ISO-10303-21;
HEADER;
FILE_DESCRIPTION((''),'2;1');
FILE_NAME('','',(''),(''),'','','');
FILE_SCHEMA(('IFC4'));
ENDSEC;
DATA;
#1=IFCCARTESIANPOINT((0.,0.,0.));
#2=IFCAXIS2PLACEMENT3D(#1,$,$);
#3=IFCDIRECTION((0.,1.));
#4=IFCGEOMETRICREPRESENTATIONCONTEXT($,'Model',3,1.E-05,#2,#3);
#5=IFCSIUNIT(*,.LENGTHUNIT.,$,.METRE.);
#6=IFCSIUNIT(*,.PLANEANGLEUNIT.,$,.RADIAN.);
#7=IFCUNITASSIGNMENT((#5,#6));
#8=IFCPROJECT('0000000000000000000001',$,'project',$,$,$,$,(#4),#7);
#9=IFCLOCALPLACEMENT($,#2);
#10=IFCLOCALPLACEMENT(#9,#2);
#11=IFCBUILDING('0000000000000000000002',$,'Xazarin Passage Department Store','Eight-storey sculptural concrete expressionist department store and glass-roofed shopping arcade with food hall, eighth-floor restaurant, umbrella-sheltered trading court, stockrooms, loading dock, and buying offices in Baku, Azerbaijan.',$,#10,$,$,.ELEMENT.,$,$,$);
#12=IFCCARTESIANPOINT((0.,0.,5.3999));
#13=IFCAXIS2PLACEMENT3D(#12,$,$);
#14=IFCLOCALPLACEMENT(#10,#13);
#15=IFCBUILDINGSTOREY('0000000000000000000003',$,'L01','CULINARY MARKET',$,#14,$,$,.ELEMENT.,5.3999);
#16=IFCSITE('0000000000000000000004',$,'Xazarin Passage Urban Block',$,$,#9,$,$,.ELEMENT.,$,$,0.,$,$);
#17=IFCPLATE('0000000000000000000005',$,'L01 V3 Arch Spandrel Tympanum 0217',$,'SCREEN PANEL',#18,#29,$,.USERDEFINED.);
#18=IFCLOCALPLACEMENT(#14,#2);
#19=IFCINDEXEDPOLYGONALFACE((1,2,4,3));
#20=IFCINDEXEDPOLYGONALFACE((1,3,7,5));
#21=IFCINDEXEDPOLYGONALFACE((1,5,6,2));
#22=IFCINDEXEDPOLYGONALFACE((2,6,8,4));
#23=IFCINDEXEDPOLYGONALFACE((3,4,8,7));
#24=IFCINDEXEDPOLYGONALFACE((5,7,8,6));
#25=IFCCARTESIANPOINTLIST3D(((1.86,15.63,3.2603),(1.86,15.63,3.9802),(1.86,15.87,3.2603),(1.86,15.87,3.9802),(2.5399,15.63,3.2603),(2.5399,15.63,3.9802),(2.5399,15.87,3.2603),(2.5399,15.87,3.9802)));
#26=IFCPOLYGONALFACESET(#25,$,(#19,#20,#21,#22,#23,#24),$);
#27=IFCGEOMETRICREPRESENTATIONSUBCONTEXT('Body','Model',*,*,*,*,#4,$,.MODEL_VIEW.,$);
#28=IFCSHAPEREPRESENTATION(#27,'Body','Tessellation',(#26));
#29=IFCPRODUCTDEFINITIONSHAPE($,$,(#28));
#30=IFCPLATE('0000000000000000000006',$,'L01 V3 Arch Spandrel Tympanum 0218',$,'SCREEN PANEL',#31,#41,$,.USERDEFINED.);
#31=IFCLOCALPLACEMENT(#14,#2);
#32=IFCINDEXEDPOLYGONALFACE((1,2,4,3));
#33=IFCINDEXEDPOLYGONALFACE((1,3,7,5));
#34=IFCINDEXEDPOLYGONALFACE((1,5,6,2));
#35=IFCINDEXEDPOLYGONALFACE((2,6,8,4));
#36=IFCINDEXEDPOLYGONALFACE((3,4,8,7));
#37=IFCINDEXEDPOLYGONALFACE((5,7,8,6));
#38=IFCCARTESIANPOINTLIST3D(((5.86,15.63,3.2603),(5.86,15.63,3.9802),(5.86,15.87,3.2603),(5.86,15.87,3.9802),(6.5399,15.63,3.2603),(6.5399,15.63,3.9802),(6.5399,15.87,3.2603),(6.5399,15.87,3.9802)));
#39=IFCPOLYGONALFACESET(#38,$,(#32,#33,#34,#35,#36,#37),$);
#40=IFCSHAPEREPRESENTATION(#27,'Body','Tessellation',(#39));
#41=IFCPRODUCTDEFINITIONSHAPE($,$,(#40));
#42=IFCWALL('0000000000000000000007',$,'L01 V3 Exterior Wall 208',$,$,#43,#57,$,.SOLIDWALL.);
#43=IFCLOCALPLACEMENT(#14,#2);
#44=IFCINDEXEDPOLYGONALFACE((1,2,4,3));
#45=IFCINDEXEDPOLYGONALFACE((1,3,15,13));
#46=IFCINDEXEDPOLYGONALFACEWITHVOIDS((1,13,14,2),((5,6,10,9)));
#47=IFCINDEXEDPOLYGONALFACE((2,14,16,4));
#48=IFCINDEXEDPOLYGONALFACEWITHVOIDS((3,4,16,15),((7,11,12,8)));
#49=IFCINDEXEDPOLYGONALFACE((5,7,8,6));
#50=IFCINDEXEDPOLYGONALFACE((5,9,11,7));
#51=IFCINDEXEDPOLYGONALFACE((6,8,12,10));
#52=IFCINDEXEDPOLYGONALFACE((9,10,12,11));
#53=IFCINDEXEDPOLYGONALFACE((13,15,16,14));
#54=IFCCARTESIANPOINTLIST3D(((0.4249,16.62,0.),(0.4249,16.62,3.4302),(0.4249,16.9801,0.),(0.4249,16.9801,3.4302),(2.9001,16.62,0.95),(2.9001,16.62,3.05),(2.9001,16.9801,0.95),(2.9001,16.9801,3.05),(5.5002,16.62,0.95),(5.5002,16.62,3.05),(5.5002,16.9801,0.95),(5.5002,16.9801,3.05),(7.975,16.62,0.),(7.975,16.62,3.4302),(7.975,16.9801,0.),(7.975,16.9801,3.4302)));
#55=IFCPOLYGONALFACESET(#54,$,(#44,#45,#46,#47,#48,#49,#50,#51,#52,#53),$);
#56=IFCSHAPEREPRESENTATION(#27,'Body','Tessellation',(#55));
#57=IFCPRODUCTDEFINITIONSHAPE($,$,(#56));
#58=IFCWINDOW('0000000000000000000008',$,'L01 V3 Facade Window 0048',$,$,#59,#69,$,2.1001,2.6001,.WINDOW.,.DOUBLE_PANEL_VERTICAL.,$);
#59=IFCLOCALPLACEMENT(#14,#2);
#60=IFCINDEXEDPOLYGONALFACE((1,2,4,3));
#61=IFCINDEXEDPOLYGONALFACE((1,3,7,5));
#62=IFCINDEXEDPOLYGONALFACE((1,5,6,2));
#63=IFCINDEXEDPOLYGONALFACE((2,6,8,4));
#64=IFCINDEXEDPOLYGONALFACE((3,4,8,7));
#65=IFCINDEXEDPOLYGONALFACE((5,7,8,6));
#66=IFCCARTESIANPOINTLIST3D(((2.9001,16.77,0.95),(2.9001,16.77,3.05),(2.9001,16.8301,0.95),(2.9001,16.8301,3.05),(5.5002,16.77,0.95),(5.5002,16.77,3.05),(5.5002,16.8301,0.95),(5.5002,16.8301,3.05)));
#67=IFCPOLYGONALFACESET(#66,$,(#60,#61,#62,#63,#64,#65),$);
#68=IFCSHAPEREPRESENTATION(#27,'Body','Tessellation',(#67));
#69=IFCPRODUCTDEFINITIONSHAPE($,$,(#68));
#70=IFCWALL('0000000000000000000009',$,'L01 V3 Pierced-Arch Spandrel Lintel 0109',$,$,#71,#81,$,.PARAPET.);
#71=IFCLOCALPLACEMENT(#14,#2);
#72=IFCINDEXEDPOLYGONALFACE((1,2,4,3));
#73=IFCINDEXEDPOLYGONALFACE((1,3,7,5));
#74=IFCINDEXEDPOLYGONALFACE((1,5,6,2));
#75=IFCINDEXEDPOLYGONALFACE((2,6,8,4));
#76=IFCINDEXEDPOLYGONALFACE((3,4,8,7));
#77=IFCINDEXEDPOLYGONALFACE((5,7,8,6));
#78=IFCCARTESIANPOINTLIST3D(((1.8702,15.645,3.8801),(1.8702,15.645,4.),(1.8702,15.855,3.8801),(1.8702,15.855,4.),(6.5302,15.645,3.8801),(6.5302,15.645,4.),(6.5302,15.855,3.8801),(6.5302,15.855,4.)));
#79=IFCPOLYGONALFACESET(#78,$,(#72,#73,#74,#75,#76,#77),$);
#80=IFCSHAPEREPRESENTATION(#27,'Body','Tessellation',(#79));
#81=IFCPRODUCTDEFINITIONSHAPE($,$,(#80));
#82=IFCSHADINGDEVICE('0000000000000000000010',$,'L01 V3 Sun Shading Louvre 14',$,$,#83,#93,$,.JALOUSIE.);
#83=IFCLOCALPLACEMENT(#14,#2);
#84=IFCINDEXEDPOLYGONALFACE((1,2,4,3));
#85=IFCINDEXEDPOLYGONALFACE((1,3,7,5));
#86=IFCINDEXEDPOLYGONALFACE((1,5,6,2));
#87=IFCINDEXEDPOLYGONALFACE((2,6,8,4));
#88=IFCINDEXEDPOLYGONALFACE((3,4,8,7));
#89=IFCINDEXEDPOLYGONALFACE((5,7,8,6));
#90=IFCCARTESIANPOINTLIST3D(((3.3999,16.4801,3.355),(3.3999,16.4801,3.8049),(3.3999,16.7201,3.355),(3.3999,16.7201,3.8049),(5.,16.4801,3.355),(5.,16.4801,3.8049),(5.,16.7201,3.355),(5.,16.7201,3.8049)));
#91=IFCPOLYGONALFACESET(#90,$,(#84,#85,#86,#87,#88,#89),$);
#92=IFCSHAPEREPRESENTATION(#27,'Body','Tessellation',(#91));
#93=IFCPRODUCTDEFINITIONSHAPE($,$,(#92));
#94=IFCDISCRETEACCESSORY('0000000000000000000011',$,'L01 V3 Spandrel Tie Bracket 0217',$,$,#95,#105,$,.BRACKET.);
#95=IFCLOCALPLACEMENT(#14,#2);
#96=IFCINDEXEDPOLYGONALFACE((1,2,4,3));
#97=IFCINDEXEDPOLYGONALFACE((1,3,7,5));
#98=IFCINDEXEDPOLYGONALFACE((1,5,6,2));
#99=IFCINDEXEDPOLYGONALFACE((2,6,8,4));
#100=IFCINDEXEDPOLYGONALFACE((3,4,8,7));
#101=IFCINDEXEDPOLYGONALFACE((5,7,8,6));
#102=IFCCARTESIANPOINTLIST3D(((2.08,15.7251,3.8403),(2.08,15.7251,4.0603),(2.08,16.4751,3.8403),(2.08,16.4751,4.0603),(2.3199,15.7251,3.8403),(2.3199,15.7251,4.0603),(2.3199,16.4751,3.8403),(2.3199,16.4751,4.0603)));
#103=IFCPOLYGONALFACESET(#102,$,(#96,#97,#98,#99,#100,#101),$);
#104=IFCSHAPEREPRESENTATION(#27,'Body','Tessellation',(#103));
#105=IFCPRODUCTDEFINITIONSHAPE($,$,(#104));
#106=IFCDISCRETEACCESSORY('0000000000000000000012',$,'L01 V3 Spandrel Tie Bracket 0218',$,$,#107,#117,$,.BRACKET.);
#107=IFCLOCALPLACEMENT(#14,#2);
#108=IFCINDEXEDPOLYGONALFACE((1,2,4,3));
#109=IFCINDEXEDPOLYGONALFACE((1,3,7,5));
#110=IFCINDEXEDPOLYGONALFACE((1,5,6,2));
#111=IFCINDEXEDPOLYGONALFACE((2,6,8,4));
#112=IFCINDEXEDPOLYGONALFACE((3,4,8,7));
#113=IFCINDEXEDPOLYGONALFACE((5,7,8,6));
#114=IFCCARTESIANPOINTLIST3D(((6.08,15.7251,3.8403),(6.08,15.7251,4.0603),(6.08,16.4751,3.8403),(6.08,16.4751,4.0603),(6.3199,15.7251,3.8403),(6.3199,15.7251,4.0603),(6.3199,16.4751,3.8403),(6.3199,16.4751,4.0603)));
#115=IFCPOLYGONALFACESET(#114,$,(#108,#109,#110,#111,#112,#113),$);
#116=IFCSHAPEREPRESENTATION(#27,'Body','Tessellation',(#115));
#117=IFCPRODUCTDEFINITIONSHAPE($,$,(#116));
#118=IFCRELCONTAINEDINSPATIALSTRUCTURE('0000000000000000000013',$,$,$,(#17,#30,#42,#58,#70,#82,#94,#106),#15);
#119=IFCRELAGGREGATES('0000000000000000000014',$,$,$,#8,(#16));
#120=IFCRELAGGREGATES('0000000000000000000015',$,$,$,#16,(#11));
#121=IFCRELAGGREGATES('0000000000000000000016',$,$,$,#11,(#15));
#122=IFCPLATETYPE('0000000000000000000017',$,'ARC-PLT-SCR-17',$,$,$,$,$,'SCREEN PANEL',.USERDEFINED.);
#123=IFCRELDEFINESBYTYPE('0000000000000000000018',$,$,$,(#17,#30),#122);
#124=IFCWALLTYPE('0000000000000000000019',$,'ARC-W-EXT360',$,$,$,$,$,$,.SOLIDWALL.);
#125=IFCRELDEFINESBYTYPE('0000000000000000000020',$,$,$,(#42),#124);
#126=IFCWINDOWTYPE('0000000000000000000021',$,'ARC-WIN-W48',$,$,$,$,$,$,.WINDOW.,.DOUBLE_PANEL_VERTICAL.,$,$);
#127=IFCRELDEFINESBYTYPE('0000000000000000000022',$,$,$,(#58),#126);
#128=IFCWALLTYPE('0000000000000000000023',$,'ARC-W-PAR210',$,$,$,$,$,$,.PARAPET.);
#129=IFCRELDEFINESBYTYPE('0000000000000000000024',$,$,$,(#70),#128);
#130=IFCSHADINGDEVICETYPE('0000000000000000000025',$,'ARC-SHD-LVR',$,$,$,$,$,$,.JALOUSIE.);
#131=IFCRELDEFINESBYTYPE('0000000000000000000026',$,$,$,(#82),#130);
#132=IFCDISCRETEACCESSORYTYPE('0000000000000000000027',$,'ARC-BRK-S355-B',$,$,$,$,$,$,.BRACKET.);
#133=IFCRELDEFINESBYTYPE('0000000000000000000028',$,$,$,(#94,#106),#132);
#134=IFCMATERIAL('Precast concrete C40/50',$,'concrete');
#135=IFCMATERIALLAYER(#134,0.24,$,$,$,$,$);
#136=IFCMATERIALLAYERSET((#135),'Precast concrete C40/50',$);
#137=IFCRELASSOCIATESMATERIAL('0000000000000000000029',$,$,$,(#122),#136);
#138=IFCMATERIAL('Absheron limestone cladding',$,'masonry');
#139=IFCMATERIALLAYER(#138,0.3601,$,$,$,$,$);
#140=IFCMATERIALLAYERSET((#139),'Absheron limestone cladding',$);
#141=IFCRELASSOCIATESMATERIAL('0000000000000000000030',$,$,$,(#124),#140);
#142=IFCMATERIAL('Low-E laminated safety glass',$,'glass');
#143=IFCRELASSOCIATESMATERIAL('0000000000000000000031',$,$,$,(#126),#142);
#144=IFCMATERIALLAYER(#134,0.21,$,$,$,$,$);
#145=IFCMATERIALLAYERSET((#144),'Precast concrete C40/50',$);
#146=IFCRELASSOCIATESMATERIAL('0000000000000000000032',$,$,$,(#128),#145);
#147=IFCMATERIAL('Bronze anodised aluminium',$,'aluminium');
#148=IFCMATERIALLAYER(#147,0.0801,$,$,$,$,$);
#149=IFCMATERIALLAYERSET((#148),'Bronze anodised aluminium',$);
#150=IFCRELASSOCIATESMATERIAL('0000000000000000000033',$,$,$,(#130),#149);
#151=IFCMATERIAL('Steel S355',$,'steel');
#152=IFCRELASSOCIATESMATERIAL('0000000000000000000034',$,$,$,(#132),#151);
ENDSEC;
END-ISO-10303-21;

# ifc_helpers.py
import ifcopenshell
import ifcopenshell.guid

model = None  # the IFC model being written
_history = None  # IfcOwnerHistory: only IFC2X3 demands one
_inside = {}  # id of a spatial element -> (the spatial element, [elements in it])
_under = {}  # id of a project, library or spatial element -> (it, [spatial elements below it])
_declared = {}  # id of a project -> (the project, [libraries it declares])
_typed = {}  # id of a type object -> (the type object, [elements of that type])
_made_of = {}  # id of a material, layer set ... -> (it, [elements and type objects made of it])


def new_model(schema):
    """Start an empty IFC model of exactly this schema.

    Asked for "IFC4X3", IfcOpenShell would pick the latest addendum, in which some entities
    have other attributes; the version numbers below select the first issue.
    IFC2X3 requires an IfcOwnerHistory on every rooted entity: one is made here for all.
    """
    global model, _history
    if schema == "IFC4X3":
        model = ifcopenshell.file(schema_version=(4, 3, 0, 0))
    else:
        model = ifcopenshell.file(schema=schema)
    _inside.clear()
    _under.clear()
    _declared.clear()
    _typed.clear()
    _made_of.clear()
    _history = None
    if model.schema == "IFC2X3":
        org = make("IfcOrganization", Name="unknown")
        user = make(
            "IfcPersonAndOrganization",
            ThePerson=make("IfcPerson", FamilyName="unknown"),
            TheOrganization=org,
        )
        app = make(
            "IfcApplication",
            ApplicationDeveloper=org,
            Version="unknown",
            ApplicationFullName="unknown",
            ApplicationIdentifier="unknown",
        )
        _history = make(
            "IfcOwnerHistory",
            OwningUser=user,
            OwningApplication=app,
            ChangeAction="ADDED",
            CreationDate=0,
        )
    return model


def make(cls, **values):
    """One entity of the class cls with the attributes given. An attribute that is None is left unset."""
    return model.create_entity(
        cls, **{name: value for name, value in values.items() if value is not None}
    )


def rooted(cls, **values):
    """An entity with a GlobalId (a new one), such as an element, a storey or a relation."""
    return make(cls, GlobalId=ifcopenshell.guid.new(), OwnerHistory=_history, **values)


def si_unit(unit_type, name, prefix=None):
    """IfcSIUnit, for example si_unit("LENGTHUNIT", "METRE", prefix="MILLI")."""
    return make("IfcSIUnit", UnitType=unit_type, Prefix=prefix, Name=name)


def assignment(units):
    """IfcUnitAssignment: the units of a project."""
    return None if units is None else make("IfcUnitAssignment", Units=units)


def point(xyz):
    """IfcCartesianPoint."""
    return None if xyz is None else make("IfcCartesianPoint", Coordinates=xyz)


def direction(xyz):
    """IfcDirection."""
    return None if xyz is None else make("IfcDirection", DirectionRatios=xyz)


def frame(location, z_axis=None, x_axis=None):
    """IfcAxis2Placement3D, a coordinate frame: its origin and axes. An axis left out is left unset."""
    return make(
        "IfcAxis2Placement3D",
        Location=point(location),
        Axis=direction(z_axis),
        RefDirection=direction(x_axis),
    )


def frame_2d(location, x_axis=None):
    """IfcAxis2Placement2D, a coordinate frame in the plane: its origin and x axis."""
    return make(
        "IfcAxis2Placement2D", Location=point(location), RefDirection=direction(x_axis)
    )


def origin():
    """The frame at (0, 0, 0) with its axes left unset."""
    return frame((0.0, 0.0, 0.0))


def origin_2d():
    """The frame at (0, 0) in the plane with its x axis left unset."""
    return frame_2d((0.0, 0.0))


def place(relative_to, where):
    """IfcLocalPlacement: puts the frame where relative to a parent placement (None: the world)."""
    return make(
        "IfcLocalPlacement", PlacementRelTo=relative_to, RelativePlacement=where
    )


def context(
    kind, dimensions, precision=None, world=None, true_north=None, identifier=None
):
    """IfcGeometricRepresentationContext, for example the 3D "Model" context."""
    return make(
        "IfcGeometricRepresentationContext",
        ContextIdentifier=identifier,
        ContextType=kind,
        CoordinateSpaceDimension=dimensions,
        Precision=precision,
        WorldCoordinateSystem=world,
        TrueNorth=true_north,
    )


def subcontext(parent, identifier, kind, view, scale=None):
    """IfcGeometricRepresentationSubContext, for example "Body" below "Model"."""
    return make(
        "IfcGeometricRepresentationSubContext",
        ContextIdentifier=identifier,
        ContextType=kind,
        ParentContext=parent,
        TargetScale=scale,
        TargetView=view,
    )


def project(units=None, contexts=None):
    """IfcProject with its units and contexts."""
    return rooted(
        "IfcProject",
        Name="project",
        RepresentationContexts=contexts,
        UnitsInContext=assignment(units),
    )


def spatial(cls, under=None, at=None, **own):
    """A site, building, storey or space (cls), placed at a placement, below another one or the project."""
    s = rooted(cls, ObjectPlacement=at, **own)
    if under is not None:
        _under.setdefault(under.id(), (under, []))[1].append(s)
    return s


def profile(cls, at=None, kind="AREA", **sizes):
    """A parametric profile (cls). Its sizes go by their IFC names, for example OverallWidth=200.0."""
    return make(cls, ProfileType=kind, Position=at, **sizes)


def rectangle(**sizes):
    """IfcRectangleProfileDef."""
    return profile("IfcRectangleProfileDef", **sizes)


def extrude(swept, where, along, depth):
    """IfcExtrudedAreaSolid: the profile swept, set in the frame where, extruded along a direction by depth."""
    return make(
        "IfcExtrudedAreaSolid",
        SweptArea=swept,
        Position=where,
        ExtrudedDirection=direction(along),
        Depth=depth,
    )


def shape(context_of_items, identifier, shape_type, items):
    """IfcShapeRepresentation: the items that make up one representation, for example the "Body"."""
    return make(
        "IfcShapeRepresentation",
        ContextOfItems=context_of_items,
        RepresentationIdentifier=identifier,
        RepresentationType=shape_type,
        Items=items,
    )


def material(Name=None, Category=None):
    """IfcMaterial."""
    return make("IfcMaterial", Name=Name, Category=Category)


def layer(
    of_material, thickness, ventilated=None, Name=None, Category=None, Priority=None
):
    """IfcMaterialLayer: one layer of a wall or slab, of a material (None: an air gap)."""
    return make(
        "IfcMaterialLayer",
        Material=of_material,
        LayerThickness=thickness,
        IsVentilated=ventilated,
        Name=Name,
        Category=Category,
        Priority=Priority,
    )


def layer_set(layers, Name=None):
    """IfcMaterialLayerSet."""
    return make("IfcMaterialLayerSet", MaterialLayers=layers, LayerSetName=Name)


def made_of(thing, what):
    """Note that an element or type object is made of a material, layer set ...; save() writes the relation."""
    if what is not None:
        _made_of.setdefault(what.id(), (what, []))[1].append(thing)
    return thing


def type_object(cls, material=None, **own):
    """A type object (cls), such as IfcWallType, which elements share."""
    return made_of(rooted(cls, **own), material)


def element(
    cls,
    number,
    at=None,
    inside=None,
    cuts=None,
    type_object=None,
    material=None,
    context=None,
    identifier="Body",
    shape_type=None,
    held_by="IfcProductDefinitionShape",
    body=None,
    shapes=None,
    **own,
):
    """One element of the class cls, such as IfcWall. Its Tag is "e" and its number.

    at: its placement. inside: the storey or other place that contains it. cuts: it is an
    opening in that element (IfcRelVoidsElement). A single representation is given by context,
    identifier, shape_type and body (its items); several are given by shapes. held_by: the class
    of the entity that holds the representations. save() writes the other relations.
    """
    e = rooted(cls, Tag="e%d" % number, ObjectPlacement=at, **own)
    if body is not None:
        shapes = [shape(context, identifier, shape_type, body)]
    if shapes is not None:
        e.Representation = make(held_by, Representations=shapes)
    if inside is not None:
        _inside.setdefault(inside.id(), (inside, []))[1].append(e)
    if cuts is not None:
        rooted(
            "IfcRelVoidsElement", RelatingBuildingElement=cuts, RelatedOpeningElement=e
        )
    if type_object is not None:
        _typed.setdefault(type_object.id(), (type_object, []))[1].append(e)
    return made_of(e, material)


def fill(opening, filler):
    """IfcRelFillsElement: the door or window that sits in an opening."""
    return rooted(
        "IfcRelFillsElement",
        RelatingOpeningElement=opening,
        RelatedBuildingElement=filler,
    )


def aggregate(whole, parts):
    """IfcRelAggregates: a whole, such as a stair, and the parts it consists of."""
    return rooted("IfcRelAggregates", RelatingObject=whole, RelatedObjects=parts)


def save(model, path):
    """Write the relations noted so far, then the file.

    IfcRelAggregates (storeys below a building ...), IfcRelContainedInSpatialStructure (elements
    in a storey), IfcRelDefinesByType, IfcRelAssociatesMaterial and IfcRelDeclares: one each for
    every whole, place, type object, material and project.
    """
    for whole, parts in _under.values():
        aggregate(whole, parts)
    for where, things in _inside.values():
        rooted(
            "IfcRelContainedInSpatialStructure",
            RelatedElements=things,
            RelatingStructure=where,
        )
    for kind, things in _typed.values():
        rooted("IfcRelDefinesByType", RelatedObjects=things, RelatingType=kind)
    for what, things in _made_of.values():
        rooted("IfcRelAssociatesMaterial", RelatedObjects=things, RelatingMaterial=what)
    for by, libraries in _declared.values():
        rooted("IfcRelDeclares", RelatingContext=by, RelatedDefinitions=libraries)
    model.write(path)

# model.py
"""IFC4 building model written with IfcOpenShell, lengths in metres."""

from ifc_helpers import new_model, si_unit, direction, frame, frame_2d, origin, origin_2d, place, context, subcontext, project, spatial, rectangle, extrude, material, layer, layer_set, type_object, element, fill, save


model = new_model("IFC4")

# Units and contexts
model_context = context("Model", 3, precision=1e-05, world=origin(), true_north=direction((0.0, 1.0)))
body_context = subcontext(model_context, "Body", "Model", "MODEL_VIEW")
ifc_project = project(units=[si_unit("LENGTHUNIT", "METRE"), si_unit("PLANEANGLEUNIT", "RADIAN")], contexts=[model_context])

# Site, building, storey
site_placement = place(None, origin())
site = spatial("IfcSite", under=ifc_project, at=site_placement, Name="Xazarin Passage Urban Block", CompositionType="ELEMENT", RefElevation=0.0)
building_placement = place(site_placement, origin())
building = spatial("IfcBuilding", under=site, at=building_placement, Name="Xazarin Passage Department Store", Description="Eight-storey sculptural concrete expressionist department store and glass-roofed shopping arcade with food hall, eighth-floor restaurant, umbrella-sheltered trading court, stockrooms, loading dock, and buying offices in Baku, Azerbaijan.", CompositionType="ELEMENT")
storey_placement = place(building_placement, frame((0.0, 0.0, 5.3999)))
storey = spatial("IfcBuildingStorey", under=building, at=storey_placement, Name="L01", Description="CULINARY MARKET", CompositionType="ELEMENT", Elevation=5.3999)

# Plates
ifc_material_1 = material(Name="Precast concrete C40/50", Category="concrete")
ifc_layer_1 = layer(ifc_material_1, 0.24)
ifc_layer_set_1 = layer_set([ifc_layer_1], Name="Precast concrete C40/50")
plate_type = type_object("IfcPlateType", Name="ARC-PLT-SCR-17", ElementType="SCREEN PANEL", PredefinedType="USERDEFINED", material=ifc_layer_set_1)
for number, where, z_axis, x_axis, name in (
    (1, (2.2, 15.75, 3.2603), (0.0, 0.0, 1.0), (1.0, 0.0, 0.0), "L01 V3 Arch Spandrel Tympanum 0217"),
    (2, (6.2, 15.75, 3.2603), (0.0, 0.0, 1.0), (1.0, 0.0, 0.0), "L01 V3 Arch Spandrel Tympanum 0218"),
):
    element("IfcPlate", number, at=place(storey_placement, frame(where, z_axis=z_axis, x_axis=x_axis)), inside=storey, type_object=plate_type, Name=name, ObjectType="SCREEN PANEL", PredefinedType="USERDEFINED", context=body_context, shape_type="SweptSolid", body=[
        extrude(rectangle(XDim=0.6799, YDim=0.24, at=origin_2d()), origin(), (0.0, 0.0, 1.0), 0.72),
    ])

# Wall, opening, window
ifc_material_2 = material(Name="Absheron limestone cladding", Category="masonry")
ifc_layer_2 = layer(ifc_material_2, 0.3601)
ifc_layer_set_2 = layer_set([ifc_layer_2], Name="Absheron limestone cladding")
wall_type_1 = type_object("IfcWallType", Name="ARC-W-EXT360", PredefinedType="SOLIDWALL", material=ifc_layer_set_2)
wall_1_placement = place(storey_placement, frame((0.425, 16.8, 0.0), z_axis=(0.0, 0.0, 1.0), x_axis=(1.0, 0.0, 0.0)))
wall_1 = element("IfcWall", 3, at=wall_1_placement, inside=storey, type_object=wall_type_1, Name="L01 V3 Exterior Wall 208", PredefinedType="SOLIDWALL", context=body_context, shape_type="SweptSolid", body=[
    extrude(rectangle(XDim=7.55, YDim=0.3601, at=frame_2d((3.7749, 0.0))), origin(), (0.0, 0.0, 1.0), 3.4302),
])
opening_placement = place(wall_1_placement, frame((2.4751, 0.0, 0.95)))
opening = element("IfcOpeningElement", 4, at=opening_placement, cuts=wall_1, PredefinedType="OPENING", context=body_context, shape_type="SweptSolid", body=[
    extrude(rectangle(XDim=2.6001, YDim=2.1001, at=frame_2d((1.3, 1.05))), frame((0.0, 0.1899, 0.0), z_axis=(0.0, -1.0, 0.0), x_axis=(1.0, 0.0, 0.0)), (0.0, 0.0, 1.0), 0.3801),
])
ifc_material_3 = material(Name="Low-E laminated safety glass", Category="glass")
window_type = type_object("IfcWindowType", Name="ARC-WIN-W48", PartitioningType="DOUBLE_PANEL_VERTICAL", PredefinedType="WINDOW", material=ifc_material_3)
window_placement = place(opening_placement, origin())
window = element("IfcWindow", 5, at=window_placement, inside=storey, type_object=window_type, Name="L01 V3 Facade Window 0048", OverallHeight=2.1001, OverallWidth=2.6001, PartitioningType="DOUBLE_PANEL_VERTICAL", PredefinedType="WINDOW", context=body_context, shape_type="SweptSolid", body=[
    extrude(rectangle(XDim=2.6001, YDim=2.1001, at=frame_2d((1.3, 1.05))), frame((0.0, 0.03, 0.0), z_axis=(0.0, -1.0, 0.0), x_axis=(1.0, 0.0, 0.0)), (0.0, 0.0, 1.0), 0.0601),
])
fill(opening, window)

# Wall
ifc_layer_3 = layer(ifc_material_1, 0.21)
ifc_layer_set_3 = layer_set([ifc_layer_3], Name="Precast concrete C40/50")
wall_type_2 = type_object("IfcWallType", Name="ARC-W-PAR210", PredefinedType="PARAPET", material=ifc_layer_set_3)
wall_2_placement = place(storey_placement, frame((1.8701, 15.75, 3.8801), z_axis=(0.0, 0.0, 1.0), x_axis=(1.0, 0.0, 0.0)))
element("IfcWall", 6, at=wall_2_placement, inside=storey, type_object=wall_type_2, Name="L01 V3 Pierced-Arch Spandrel Lintel 0109", PredefinedType="PARAPET", context=body_context, shape_type="SweptSolid", body=[
    extrude(rectangle(XDim=4.6599, YDim=0.21, at=frame_2d((2.3301, 0.0))), origin(), (0.0, 0.0, 1.0), 0.1199),
])

# Shading device
ifc_material_4 = material(Name="Bronze anodised aluminium", Category="aluminium")
ifc_layer_4 = layer(ifc_material_4, 0.0801)
ifc_layer_set_4 = layer_set([ifc_layer_4], Name="Bronze anodised aluminium")
shading_device_type = type_object("IfcShadingDeviceType", Name="ARC-SHD-LVR", PredefinedType="JALOUSIE", material=ifc_layer_set_4)
shading_device_placement = place(storey_placement, frame((4.2, 16.6001, 3.355), z_axis=(0.0, 0.0, 1.0), x_axis=(1.0, 0.0, 0.0)))
element("IfcShadingDevice", 7, at=shading_device_placement, inside=storey, type_object=shading_device_type, Name="L01 V3 Sun Shading Louvre 14", PredefinedType="JALOUSIE", context=body_context, shape_type="SweptSolid", body=[
    extrude(rectangle(XDim=1.6001, YDim=0.24, at=origin_2d()), origin(), (0.0, 0.0, 1.0), 0.45),
])

# Discrete accessories
ifc_material_5 = material(Name="Steel S355", Category="steel")
discrete_accessory_type = type_object("IfcDiscreteAccessoryType", Name="ARC-BRK-S355-B", PredefinedType="BRACKET", material=ifc_material_5)
for number, where, z_axis, x_axis, name in (
    (8, (2.2, 16.1001, 3.8403), (0.0, 0.0, 1.0), (1.0, 0.0, 0.0), "L01 V3 Spandrel Tie Bracket 0217"),
    (9, (6.2, 16.1001, 3.8403), (0.0, 0.0, 1.0), (1.0, 0.0, 0.0), "L01 V3 Spandrel Tie Bracket 0218"),
):
    element("IfcDiscreteAccessory", number, at=place(storey_placement, frame(where, z_axis=z_axis, x_axis=x_axis)), inside=storey, type_object=discrete_accessory_type, Name=name, PredefinedType="BRACKET", context=body_context, shape_type="SweptSolid", body=[
        extrude(rectangle(XDim=0.24, YDim=0.75, at=origin_2d()), origin(), (0.0, 0.0, 1.0), 0.22),
    ])

save(model, "model.ifc")
